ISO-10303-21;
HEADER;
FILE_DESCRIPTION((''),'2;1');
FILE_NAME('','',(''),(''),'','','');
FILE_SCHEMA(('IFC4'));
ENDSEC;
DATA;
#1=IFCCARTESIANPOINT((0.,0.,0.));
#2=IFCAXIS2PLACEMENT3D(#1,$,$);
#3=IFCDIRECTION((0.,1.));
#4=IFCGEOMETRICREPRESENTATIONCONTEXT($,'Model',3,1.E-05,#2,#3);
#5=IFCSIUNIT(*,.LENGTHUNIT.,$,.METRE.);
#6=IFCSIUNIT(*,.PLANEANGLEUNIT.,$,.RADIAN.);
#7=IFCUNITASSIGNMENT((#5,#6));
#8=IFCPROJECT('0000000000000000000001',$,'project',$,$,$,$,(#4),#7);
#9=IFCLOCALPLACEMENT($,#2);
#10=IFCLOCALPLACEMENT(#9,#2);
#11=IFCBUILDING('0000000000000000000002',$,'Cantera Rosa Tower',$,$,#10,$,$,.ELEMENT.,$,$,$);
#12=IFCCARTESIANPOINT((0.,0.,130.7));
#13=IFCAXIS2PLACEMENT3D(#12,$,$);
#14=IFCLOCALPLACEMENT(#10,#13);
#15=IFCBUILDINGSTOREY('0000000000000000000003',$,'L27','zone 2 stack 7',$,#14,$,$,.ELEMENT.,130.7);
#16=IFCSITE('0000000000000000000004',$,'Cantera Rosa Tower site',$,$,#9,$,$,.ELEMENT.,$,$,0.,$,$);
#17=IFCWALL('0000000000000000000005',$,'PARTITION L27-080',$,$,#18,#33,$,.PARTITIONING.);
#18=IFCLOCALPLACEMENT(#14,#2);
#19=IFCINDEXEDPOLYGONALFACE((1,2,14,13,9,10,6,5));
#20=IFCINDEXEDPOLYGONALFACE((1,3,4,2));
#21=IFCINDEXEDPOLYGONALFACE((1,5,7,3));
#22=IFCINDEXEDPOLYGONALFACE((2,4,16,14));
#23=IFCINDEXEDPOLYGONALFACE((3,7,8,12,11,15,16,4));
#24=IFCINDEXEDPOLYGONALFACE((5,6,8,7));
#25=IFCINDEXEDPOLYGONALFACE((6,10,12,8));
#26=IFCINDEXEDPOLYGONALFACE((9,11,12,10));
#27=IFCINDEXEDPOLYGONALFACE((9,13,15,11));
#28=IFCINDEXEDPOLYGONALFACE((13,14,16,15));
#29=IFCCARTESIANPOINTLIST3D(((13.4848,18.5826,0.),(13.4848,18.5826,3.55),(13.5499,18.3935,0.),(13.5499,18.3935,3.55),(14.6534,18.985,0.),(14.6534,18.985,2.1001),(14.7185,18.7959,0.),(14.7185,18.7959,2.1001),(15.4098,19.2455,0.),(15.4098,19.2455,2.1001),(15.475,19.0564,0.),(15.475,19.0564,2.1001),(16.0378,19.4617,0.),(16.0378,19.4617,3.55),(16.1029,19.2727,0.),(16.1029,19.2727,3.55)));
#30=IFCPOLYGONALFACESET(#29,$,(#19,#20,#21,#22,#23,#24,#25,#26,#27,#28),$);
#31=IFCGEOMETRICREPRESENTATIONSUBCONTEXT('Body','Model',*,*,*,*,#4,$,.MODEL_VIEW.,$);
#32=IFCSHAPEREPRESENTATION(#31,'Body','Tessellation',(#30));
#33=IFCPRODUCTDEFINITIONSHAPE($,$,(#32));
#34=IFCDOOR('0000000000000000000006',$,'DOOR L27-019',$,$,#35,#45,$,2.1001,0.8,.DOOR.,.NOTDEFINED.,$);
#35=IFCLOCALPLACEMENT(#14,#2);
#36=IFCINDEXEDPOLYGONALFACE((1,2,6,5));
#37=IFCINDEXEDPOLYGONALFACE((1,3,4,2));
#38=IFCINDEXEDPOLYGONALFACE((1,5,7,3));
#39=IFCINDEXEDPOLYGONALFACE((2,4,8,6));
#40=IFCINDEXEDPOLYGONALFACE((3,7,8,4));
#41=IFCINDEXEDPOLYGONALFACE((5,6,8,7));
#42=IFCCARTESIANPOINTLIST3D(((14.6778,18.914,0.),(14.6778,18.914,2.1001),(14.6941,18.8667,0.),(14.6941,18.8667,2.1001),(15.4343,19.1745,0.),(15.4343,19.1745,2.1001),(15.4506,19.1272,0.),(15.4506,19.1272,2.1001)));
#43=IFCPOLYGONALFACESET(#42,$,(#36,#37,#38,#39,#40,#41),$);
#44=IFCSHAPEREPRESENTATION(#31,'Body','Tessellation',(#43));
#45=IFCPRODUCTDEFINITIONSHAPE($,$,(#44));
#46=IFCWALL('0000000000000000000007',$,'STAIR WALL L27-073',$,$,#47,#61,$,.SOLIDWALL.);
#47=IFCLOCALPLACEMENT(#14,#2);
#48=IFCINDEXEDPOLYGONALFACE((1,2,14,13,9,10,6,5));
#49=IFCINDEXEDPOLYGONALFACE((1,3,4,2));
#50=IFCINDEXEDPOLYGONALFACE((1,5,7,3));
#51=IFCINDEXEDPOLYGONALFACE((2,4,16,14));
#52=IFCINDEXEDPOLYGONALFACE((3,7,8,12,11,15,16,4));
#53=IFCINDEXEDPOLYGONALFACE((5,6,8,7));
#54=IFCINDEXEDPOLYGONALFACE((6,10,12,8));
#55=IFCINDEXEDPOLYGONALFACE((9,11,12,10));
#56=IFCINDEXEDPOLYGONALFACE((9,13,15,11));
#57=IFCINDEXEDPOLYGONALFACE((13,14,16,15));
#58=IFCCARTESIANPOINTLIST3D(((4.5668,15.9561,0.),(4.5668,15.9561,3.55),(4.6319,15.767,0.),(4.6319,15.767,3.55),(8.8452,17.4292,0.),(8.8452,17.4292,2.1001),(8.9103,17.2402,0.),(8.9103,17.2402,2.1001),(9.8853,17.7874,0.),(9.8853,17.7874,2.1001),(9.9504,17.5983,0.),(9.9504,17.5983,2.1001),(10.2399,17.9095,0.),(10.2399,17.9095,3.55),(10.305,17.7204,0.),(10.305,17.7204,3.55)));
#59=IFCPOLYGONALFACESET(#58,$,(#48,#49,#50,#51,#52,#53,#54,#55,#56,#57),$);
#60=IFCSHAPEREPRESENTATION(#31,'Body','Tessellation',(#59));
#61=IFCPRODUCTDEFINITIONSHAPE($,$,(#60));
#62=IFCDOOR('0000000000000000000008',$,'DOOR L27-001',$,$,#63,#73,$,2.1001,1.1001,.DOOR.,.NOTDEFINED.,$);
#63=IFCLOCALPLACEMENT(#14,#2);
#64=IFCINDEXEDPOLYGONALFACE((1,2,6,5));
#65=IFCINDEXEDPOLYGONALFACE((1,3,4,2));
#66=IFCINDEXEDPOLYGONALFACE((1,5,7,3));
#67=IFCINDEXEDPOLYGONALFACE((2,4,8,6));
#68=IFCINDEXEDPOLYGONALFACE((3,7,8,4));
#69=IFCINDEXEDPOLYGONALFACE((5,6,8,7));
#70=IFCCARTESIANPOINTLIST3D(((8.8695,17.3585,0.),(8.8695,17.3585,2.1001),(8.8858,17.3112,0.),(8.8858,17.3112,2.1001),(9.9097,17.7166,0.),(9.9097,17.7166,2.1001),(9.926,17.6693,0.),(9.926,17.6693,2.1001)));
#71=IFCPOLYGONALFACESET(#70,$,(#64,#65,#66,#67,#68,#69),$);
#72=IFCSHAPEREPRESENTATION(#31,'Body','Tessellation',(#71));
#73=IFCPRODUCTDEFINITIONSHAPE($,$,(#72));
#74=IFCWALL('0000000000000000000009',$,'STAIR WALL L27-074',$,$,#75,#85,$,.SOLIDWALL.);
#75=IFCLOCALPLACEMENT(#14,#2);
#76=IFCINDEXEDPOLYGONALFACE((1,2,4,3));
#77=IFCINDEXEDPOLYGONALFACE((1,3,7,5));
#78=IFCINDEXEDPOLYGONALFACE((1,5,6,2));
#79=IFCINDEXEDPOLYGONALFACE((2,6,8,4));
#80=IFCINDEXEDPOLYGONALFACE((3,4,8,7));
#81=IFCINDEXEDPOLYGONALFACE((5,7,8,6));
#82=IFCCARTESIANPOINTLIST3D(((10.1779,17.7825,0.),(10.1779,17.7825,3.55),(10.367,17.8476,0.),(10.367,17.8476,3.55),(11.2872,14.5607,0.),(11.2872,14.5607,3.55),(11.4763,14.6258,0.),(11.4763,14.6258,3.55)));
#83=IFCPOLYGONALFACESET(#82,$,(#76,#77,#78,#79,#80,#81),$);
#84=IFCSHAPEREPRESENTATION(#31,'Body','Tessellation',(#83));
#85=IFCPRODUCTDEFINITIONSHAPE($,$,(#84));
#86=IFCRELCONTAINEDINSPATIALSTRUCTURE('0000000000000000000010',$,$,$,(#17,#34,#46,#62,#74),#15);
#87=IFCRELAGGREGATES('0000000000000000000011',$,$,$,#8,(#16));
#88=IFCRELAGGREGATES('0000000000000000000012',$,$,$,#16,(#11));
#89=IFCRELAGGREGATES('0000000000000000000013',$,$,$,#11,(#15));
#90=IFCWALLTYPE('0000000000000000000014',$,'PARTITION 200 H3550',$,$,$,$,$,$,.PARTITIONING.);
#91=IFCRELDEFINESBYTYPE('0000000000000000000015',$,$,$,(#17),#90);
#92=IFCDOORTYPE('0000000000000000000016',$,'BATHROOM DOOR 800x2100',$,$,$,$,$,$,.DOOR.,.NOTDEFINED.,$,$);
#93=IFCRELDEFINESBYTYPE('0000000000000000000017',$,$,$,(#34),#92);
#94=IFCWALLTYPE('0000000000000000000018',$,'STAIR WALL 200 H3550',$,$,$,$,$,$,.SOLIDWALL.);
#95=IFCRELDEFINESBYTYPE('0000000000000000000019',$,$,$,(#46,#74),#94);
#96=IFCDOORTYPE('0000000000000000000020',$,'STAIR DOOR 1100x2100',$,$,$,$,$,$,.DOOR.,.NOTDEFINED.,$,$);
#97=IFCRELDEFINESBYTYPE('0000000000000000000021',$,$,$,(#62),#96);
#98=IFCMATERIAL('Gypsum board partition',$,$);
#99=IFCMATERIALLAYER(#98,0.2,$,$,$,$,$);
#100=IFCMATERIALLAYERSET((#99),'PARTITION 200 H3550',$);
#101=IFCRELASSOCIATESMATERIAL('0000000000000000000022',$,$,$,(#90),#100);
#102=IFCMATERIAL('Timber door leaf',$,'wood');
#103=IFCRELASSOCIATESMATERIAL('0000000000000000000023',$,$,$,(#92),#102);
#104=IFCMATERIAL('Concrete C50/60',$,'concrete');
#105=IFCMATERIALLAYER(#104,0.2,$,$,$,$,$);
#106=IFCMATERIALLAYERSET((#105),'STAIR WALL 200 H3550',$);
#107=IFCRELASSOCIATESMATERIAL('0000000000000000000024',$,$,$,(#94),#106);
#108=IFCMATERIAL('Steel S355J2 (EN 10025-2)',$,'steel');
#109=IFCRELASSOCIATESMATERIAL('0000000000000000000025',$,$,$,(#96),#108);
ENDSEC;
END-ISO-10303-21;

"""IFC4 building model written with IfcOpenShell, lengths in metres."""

from ifc_helpers import new_model, si_unit, direction, frame, frame_2d, origin, place, context, subcontext, project, spatial, rectangle, extrude, material, layer, layer_set, type_object, element, fill, save


model = new_model("IFC4")

# Units and contexts
model_context = context("Model", 3, precision=1e-05, world=origin(), true_north=direction((0.0, 1.0)))
body_context = subcontext(model_context, "Body", "Model", "MODEL_VIEW")
ifc_project = project(units=[si_unit("LENGTHUNIT", "METRE"), si_unit("PLANEANGLEUNIT", "RADIAN")], contexts=[model_context])

# Site, building, storey
site_placement = place(None, origin())
site = spatial("IfcSite", under=ifc_project, at=site_placement, Name="Cantera Rosa Tower site", CompositionType="ELEMENT", RefElevation=0.0)
building_placement = place(site_placement, origin())
building = spatial("IfcBuilding", under=site, at=building_placement, Name="Cantera Rosa Tower", CompositionType="ELEMENT")
storey_placement = place(building_placement, frame((0.0, 0.0, 130.7)))
storey = spatial("IfcBuildingStorey", under=building, at=storey_placement, Name="L27", Description="zone 2 stack 7", CompositionType="ELEMENT", Elevation=130.7)

# Walls, openings, doors
ifc_material_1 = material(Name="Gypsum board partition")
ifc_layer_1 = layer(ifc_material_1, 0.2)
ifc_layer_set_1 = layer_set([ifc_layer_1], Name="PARTITION 200 H3550")
wall_type_1 = type_object("IfcWallType", Name="PARTITION 200 H3550", PredefinedType="PARTITIONING", material=ifc_layer_set_1)
wall_1_placement = place(storey_placement, frame((13.5173, 18.488, 0.0), z_axis=(0.0, 0.0, 1.0), x_axis=(0.945508, 0.325598, 0.0)))
wall_1 = element("IfcWall", 1, at=wall_1_placement, inside=storey, type_object=wall_type_1, Name="PARTITION L27-080", PredefinedType="PARTITIONING", context=body_context, shape_type="SweptSolid", body=[
    extrude(rectangle(XDim=2.7002, YDim=0.2, at=frame_2d((1.3501, 0.0))), origin(), (0.0, 0.0, 1.0), 3.55),
])
opening_1_placement = place(wall_1_placement, frame((1.2361, 0.0, 0.0)))
opening_1 = element("IfcOpeningElement", 2, at=opening_1_placement, cuts=wall_1, PredefinedType="OPENING", context=body_context, shape_type="SweptSolid", body=[
    extrude(rectangle(XDim=0.8, YDim=2.1001, at=frame_2d((0.3999, 1.05))), frame((0.0, 0.1099, 0.0), z_axis=(0.0, -1.0, 0.0), x_axis=(1.0, 0.0, 0.0)), (0.0, 0.0, 1.0), 0.22),
])
ifc_material_2 = material(Name="Timber door leaf", Category="wood")
door_type_1 = type_object("IfcDoorType", Name="BATHROOM DOOR 800x2100", OperationType="NOTDEFINED", PredefinedType="DOOR", material=ifc_material_2)
door_1_placement = place(opening_1_placement, origin())
door_1 = element("IfcDoor", 3, at=door_1_placement, inside=storey, type_object=door_type_1, Name="DOOR L27-019", OperationType="NOTDEFINED", OverallHeight=2.1001, OverallWidth=0.8, PredefinedType="DOOR", context=body_context, shape_type="SweptSolid", body=[
    extrude(rectangle(XDim=0.8, YDim=2.1001, at=frame_2d((0.3999, 1.05))), frame((0.0, 0.0249, 0.0), z_axis=(0.0, -1.0, 0.0), x_axis=(1.0, 0.0, 0.0)), (0.0, 0.0, 1.0), 0.05),
])
fill(opening_1, door_1)
ifc_material_3 = material(Name="Concrete C50/60", Category="concrete")
ifc_layer_2 = layer(ifc_material_3, 0.2)
ifc_layer_set_2 = layer_set([ifc_layer_2], Name="STAIR WALL 200 H3550")
wall_type_2 = type_object("IfcWallType", Name="STAIR WALL 200 H3550", PredefinedType="SOLIDWALL", material=ifc_layer_set_2)
wall_2_placement = place(storey_placement, frame((10.2725, 17.8149, 0.0), z_axis=(0.0, 0.0, 1.0), x_axis=(-0.94552, -0.325563, 0.0)))
wall_2 = element("IfcWall", 4, at=wall_2_placement, inside=storey, type_object=wall_type_2, Name="STAIR WALL L27-073", PredefinedType="SOLIDWALL", context=body_context, shape_type="SweptSolid", body=[
    extrude(rectangle(XDim=6.0, YDim=0.2, at=frame_2d((3.0, 0.0))), origin(), (0.0, 0.0, 1.0), 3.55),
])
opening_2_placement = place(wall_2_placement, frame((0.375, 0.0, 0.0)))
opening_2 = element("IfcOpeningElement", 5, at=opening_2_placement, cuts=wall_2, PredefinedType="OPENING", context=body_context, shape_type="SweptSolid", body=[
    extrude(rectangle(XDim=1.1001, YDim=2.1001, at=frame_2d((0.55, 1.05))), frame((0.0, 0.1099, 0.0), z_axis=(0.0, -1.0, 0.0), x_axis=(1.0, 0.0, 0.0)), (0.0, 0.0, 1.0), 0.22),
])
ifc_material_4 = material(Name="Steel S355J2 (EN 10025-2)", Category="steel")
door_type_2 = type_object("IfcDoorType", Name="STAIR DOOR 1100x2100", OperationType="NOTDEFINED", PredefinedType="DOOR", material=ifc_material_4)
door_2_placement = place(opening_2_placement, origin())
door_2 = element("IfcDoor", 6, at=door_2_placement, inside=storey, type_object=door_type_2, Name="DOOR L27-001", OperationType="NOTDEFINED", OverallHeight=2.1001, OverallWidth=1.1001, PredefinedType="DOOR", context=body_context, shape_type="SweptSolid", body=[
    extrude(rectangle(XDim=1.1001, YDim=2.1001, at=frame_2d((0.55, 1.05))), frame((0.0, 0.0249, 0.0), z_axis=(0.0, -1.0, 0.0), x_axis=(1.0, 0.0, 0.0)), (0.0, 0.0, 1.0), 0.05),
])
fill(opening_2, door_2)

# Wall
wall_3_placement = place(storey_placement, frame((10.2725, 17.8149, 0.0), z_axis=(0.0, 0.0, 1.0), x_axis=(0.325562, -0.945521, 0.0)))
element("IfcWall", 7, at=wall_3_placement, inside=storey, type_object=wall_type_2, Name="STAIR WALL L27-074", PredefinedType="SOLIDWALL", context=body_context, shape_type="SweptSolid", body=[
    extrude(rectangle(XDim=3.4075, YDim=0.2, at=frame_2d((1.7036, 0.0))), origin(), (0.0, 0.0, 1.0), 3.55),
])

save(model, "model.ifc")
